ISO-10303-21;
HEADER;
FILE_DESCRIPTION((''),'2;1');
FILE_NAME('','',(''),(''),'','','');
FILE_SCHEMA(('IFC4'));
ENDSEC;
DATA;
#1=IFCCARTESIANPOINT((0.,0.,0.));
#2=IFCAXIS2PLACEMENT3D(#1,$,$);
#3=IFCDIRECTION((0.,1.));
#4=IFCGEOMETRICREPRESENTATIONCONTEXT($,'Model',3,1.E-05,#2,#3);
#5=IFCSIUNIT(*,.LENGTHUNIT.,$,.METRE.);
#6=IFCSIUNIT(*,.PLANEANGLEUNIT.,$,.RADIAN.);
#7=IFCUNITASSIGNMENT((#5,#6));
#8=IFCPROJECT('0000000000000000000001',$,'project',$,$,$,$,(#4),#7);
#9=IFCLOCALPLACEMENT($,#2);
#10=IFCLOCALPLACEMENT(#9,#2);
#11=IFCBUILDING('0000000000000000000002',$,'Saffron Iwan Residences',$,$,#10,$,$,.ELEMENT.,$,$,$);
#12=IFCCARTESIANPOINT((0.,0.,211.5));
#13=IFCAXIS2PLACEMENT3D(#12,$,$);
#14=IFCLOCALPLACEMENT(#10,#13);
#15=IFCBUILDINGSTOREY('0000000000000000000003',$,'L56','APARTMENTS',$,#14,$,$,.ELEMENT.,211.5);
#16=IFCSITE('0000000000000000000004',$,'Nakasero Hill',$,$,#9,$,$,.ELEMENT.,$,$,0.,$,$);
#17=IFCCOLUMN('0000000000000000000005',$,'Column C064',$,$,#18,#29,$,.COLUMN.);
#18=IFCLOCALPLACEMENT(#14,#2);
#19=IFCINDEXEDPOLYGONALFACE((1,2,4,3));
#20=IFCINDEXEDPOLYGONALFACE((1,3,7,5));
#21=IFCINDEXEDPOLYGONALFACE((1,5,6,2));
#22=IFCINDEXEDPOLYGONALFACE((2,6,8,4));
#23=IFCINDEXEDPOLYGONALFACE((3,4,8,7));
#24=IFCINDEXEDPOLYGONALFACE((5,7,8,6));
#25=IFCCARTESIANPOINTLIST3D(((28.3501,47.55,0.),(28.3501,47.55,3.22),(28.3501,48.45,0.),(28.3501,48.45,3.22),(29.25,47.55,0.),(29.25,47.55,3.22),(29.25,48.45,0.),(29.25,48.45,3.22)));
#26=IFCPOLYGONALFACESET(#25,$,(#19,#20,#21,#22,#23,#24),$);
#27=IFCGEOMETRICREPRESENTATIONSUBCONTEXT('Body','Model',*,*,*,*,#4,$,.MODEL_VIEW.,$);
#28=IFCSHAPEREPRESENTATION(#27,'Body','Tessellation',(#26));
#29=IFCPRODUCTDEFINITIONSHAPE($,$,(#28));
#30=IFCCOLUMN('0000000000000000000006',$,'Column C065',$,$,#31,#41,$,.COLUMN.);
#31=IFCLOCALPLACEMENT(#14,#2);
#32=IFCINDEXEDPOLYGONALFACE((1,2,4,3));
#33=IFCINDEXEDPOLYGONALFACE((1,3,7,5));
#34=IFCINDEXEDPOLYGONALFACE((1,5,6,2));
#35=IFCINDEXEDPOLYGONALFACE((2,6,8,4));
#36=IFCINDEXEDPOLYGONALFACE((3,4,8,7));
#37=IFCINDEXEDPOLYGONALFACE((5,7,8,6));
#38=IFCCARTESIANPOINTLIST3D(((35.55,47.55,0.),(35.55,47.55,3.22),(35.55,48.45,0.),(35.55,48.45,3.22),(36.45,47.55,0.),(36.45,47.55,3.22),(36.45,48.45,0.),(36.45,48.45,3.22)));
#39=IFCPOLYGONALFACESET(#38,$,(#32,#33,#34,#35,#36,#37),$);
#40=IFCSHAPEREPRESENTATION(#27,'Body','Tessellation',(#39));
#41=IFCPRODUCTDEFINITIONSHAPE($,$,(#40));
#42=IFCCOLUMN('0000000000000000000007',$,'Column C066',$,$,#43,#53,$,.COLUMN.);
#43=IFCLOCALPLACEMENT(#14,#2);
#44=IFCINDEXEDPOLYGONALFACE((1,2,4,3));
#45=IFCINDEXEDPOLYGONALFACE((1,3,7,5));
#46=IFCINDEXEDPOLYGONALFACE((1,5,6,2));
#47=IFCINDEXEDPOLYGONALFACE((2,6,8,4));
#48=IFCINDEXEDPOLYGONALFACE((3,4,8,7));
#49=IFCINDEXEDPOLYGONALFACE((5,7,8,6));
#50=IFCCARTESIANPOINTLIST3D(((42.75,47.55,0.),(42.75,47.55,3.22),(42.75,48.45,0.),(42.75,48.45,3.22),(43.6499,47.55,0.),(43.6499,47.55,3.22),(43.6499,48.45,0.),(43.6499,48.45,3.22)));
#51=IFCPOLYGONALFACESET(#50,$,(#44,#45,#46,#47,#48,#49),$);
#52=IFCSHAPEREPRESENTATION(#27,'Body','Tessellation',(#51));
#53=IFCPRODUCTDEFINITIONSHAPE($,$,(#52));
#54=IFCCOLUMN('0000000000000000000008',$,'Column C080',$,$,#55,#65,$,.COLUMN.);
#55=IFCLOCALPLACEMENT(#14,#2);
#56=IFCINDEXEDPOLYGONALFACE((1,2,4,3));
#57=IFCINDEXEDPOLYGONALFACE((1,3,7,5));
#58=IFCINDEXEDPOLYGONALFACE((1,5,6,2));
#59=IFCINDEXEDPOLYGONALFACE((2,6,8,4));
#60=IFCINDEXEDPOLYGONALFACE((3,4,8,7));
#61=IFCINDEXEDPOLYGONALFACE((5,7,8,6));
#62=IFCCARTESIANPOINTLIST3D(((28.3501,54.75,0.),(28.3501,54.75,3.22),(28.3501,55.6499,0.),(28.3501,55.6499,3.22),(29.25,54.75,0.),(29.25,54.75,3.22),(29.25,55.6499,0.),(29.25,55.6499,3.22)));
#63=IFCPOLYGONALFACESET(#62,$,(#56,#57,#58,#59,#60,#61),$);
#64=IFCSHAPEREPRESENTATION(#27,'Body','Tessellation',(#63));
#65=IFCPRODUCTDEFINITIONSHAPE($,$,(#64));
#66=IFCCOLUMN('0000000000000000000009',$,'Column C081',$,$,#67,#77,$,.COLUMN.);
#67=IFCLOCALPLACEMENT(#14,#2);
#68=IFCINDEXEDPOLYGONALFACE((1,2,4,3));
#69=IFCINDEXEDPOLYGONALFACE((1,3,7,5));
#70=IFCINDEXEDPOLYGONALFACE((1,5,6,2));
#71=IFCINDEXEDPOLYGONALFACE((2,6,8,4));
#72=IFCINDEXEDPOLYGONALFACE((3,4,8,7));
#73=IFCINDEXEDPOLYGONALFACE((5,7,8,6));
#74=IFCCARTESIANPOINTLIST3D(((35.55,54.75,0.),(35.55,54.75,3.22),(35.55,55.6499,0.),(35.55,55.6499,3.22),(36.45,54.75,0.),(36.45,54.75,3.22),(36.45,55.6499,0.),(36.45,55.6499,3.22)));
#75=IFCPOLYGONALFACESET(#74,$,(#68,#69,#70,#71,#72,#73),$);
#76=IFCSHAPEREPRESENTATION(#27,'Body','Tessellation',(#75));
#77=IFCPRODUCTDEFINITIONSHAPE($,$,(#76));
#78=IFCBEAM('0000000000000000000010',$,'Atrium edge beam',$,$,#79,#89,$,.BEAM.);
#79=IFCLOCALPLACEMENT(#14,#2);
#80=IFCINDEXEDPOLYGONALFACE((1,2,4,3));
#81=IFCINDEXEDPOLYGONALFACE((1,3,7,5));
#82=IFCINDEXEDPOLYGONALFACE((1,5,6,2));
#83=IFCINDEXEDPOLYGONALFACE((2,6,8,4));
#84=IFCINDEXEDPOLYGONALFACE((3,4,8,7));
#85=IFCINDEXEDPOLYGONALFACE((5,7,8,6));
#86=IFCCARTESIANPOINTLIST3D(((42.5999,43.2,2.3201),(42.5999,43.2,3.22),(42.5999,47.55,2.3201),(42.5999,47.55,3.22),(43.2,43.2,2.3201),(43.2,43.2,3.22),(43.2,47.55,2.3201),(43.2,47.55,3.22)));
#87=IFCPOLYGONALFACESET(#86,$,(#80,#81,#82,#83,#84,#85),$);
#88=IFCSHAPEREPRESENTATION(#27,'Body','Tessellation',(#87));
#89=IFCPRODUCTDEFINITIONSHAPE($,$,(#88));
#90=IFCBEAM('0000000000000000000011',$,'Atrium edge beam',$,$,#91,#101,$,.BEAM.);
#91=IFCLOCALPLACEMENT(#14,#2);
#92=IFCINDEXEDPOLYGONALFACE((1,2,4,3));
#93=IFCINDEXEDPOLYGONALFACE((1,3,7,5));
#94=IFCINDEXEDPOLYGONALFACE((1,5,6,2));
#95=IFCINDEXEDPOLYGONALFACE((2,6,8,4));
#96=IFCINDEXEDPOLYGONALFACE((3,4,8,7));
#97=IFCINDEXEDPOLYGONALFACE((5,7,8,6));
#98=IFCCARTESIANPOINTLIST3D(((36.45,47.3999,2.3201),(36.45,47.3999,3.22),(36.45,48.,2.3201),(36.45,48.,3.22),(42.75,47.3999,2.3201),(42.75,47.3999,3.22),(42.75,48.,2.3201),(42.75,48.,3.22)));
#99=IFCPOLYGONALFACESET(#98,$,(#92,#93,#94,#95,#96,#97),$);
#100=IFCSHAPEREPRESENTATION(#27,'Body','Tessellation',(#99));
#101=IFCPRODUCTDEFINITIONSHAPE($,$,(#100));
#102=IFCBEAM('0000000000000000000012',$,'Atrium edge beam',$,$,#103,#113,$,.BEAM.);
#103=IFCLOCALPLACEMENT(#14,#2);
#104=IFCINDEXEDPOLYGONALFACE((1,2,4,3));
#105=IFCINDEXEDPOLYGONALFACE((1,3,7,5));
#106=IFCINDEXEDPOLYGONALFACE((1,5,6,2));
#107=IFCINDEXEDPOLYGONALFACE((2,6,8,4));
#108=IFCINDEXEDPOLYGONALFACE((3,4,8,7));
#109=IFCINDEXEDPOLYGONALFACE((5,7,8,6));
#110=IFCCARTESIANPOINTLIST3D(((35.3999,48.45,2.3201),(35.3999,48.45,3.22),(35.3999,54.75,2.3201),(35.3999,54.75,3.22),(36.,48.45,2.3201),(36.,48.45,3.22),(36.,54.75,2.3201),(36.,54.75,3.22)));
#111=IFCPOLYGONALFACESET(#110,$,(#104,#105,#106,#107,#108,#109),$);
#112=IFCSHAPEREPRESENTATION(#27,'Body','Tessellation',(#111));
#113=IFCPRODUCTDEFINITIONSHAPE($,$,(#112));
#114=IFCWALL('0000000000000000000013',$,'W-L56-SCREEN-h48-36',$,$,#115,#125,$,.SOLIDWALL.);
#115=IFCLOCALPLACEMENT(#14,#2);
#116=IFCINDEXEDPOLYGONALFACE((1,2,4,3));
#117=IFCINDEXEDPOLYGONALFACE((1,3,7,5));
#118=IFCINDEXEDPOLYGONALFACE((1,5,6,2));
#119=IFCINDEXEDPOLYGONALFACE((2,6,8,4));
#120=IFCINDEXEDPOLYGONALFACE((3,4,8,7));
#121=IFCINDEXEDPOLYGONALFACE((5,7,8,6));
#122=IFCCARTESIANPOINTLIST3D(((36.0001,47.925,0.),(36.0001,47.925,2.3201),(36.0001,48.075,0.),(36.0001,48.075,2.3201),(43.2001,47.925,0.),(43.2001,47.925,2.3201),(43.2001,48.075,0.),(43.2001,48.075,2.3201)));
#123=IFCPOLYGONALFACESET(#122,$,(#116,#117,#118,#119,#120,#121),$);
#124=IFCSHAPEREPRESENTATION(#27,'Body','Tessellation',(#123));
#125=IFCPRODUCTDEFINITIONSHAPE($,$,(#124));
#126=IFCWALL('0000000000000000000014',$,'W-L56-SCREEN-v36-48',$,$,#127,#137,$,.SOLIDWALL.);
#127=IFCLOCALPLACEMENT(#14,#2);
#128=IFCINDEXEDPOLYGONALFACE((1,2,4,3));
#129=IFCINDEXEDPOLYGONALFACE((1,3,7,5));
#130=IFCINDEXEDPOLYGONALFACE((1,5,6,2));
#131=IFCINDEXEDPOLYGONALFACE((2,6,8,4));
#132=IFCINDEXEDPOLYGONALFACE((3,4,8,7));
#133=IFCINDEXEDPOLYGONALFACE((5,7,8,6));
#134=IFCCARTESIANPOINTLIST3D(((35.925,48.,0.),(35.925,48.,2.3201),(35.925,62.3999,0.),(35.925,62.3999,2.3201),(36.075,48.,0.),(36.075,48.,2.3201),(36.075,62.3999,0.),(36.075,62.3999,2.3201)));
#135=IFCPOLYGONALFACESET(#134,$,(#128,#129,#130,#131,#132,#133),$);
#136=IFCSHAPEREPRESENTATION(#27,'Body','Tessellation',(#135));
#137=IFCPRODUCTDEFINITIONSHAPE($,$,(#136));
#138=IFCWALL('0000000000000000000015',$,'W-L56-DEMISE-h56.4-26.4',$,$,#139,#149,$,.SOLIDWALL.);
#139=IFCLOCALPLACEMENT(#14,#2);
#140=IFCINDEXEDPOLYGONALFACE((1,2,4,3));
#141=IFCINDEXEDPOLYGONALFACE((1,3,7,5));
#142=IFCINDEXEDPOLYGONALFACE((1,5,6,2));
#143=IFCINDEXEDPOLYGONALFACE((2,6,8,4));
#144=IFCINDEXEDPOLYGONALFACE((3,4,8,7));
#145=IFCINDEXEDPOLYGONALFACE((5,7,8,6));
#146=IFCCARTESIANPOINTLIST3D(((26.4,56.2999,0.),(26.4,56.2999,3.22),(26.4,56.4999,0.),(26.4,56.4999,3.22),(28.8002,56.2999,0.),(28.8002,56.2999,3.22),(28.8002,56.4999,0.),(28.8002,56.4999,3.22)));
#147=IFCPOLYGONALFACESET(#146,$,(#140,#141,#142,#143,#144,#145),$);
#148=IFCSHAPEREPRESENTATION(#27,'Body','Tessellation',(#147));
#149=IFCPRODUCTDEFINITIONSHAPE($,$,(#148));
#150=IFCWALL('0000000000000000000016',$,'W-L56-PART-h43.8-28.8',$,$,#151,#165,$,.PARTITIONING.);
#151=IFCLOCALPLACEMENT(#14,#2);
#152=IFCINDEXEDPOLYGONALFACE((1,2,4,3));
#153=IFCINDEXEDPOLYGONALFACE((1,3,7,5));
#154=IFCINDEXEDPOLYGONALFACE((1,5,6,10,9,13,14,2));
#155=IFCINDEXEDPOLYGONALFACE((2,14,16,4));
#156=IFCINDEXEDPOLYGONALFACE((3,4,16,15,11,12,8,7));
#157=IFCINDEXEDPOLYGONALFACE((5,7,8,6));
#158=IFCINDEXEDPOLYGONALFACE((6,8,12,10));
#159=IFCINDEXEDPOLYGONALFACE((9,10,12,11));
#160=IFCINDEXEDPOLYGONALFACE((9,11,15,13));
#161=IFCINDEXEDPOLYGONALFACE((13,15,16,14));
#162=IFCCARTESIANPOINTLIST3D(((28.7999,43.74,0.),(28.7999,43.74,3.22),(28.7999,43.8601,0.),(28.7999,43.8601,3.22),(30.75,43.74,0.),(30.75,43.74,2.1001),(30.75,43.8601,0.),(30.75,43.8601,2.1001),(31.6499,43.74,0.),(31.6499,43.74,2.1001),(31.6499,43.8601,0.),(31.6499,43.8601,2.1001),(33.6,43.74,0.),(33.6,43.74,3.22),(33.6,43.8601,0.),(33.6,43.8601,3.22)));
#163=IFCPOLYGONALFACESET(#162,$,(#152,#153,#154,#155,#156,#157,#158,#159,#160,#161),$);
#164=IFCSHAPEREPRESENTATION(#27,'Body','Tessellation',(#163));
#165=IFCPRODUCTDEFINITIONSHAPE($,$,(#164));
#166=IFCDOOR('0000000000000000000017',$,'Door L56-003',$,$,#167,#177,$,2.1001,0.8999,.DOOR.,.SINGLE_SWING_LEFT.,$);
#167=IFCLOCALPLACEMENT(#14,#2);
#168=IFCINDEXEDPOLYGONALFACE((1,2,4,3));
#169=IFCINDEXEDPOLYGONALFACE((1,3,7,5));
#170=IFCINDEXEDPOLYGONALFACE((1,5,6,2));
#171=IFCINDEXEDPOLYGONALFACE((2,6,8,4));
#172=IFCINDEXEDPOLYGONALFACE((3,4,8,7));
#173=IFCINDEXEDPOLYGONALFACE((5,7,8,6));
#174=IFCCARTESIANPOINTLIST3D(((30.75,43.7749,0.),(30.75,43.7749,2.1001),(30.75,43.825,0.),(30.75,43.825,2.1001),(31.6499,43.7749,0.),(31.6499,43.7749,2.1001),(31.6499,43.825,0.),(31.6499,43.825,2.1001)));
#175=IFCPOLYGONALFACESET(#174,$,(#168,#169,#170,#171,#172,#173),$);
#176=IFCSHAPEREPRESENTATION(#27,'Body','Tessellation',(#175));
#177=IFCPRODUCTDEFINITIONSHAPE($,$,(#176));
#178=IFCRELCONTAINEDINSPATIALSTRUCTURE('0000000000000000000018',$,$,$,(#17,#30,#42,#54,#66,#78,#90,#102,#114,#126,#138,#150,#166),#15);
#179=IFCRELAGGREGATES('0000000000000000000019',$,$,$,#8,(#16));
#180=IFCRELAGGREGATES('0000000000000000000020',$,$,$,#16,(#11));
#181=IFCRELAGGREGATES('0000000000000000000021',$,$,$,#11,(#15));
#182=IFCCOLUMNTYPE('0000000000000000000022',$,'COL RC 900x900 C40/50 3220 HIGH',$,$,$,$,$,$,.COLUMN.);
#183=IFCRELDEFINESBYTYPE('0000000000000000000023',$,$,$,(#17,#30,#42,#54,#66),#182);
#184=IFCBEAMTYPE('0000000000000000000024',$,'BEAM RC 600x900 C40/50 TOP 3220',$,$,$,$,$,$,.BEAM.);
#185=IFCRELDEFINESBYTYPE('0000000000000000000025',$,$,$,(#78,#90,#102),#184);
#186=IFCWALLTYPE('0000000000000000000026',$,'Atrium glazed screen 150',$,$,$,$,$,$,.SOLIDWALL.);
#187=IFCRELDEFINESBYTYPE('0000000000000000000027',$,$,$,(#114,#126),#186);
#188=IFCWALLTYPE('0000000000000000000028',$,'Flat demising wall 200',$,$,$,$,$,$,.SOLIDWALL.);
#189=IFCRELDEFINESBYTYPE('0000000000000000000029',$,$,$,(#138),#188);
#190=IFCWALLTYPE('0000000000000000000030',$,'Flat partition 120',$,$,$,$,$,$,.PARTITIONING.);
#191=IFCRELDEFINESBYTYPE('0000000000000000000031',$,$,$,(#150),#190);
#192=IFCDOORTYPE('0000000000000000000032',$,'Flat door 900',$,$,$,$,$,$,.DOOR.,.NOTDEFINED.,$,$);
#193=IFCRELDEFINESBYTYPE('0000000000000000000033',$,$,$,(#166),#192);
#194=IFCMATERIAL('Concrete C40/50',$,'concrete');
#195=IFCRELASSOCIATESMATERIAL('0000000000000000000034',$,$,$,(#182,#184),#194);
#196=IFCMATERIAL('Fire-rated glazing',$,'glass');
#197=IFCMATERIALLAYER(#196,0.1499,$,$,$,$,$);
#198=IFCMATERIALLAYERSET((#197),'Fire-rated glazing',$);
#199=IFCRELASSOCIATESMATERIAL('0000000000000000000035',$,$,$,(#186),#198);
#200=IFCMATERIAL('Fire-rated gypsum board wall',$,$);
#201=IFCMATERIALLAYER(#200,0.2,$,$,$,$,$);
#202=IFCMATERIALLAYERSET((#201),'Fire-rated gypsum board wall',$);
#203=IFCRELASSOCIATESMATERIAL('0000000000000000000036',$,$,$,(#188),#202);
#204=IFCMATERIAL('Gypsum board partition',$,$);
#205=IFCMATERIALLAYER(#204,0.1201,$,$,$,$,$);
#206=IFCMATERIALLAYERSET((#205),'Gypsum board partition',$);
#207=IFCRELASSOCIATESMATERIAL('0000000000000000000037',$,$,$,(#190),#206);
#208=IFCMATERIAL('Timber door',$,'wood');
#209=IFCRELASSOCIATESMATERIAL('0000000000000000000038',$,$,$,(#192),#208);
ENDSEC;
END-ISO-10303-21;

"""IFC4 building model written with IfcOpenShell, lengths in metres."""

from ifc_helpers import new_model, si_unit, direction, frame, frame_2d, origin, origin_2d, place, context, subcontext, project, spatial, rectangle, extrude, source, transform, mapped, material, layer, layer_set, material_profile, profile_set, type_object, element, fill, save


model = new_model("IFC4")

# Units and contexts
model_context = context("Model", 3, precision=1e-05, world=origin(), true_north=direction((0.0, 1.0)))
body_context = subcontext(model_context, "Body", "Model", "MODEL_VIEW")
ifc_project = project(units=[si_unit("LENGTHUNIT", "METRE"), si_unit("PLANEANGLEUNIT", "RADIAN")], contexts=[model_context])

# Site, building, storey
site_placement = place(None, origin())
site = spatial("IfcSite", under=ifc_project, at=site_placement, Name="Nakasero Hill", CompositionType="ELEMENT", RefElevation=0.0)
building_placement = place(site_placement, origin())
building = spatial("IfcBuilding", under=site, at=building_placement, Name="Saffron Iwan Residences", CompositionType="ELEMENT")
storey_placement = place(building_placement, frame((0.0, 0.0, 211.5)))
storey = spatial("IfcBuildingStorey", under=building, at=storey_placement, Name="L56", Description="APARTMENTS", CompositionType="ELEMENT", Elevation=211.5)

# Columns
ifc_material_1 = material(Name="Concrete C40/50", Category="concrete")
ifc_material_profile_1 = material_profile(ifc_material_1, rectangle(XDim=0.8999, YDim=0.8999, at=origin_2d()), Name="RC 900x900")
ifc_profile_set_1 = profile_set([ifc_material_profile_1], Name="Concrete C40/50")
column_type = type_object("IfcColumnType", Name="COL RC 900x900 C40/50 3220 HIGH", PredefinedType="COLUMN", material=ifc_profile_set_1)
shared_shape_1 = source(origin(), body_context, "Body", "SweptSolid", [
    extrude(rectangle(XDim=0.8999, YDim=0.8999, at=origin_2d()), origin(), (0.0, 0.0, 1.0), 3.22),
])
for number, where, z_axis, x_axis, name in (
    (1, (28.8, 48.0, 0.0), (0.0, 0.0, 1.0), (1.0, 0.0, 0.0), "Column C064"),
    (2, (36.0, 48.0, 0.0), (0.0, 0.0, 1.0), (1.0, 0.0, 0.0), "Column C065"),
    (3, (43.2, 48.0, 0.0), (0.0, 0.0, 1.0), (1.0, 0.0, 0.0), "Column C066"),
    (4, (28.8, 55.2, 0.0), (0.0, 0.0, 1.0), (1.0, 0.0, 0.0), "Column C080"),
    (5, (36.0, 55.2, 0.0), (0.0, 0.0, 1.0), (1.0, 0.0, 0.0), "Column C081"),
):
    element("IfcColumn", number, at=place(storey_placement, frame(where, z_axis=z_axis, x_axis=x_axis)), inside=storey, type_object=column_type, Name=name, PredefinedType="COLUMN", context=body_context, shape_type="MappedRepresentation", body=[
        mapped(shared_shape_1, transform((0.0, 0.0, 0.0))),
    ])

# Beams
ifc_material_profile_2 = material_profile(ifc_material_1, rectangle(XDim=0.6001, YDim=0.8999, at=origin_2d()), Name="RC 600x900")
ifc_profile_set_2 = profile_set([ifc_material_profile_2], Name="Concrete C40/50")
beam_type = type_object("IfcBeamType", Name="BEAM RC 600x900 C40/50 TOP 3220", PredefinedType="BEAM", material=ifc_profile_set_2)
shared_shape_2 = source(origin(), body_context, "Body", "SweptSolid", [
    extrude(rectangle(XDim=0.6001, YDim=0.8999, at=origin_2d()), origin(), (0.0, 0.0, 1.0), 4.3501),
])
beam_placement = place(storey_placement, frame((42.8999, 43.2, 2.77), z_axis=(0.0, 1.0, 0.0), x_axis=(-1.0, 0.0, 0.0)))
element("IfcBeam", 6, at=beam_placement, inside=storey, type_object=beam_type, Name="Atrium edge beam", PredefinedType="BEAM", context=body_context, shape_type="MappedRepresentation", body=[
    mapped(shared_shape_2, transform((0.0, 0.0, 0.0))),
])
shared_shape_3 = source(origin(), body_context, "Body", "SweptSolid", [
    extrude(rectangle(XDim=0.6001, YDim=0.8999, at=origin_2d()), origin(), (0.0, 0.0, 1.0), 6.3),
])
for number, where, z_axis, x_axis, name in (
    (7, (42.75, 47.7, 2.77), (-1.0, 0.0, 0.0), (0.0, -1.0, 0.0), "Atrium edge beam"),
    (8, (35.7, 48.45, 2.77), (0.0, 1.0, 0.0), (-1.0, 0.0, 0.0), "Atrium edge beam"),
):
    element("IfcBeam", number, at=place(storey_placement, frame(where, z_axis=z_axis, x_axis=x_axis)), inside=storey, type_object=beam_type, Name=name, PredefinedType="BEAM", context=body_context, shape_type="MappedRepresentation", body=[
        mapped(shared_shape_3, transform((0.0, 0.0, 0.0))),
    ])

# Walls
ifc_material_2 = material(Name="Fire-rated glazing", Category="glass")
ifc_layer_1 = layer(ifc_material_2, 0.1499)
ifc_layer_set_1 = layer_set([ifc_layer_1], Name="Fire-rated glazing")
wall_type_1 = type_object("IfcWallType", Name="Atrium glazed screen 150", PredefinedType="SOLIDWALL", material=ifc_layer_set_1)
wall_1_placement = place(storey_placement, frame((36.0, 48.0, 0.0), z_axis=(0.0, 0.0, 1.0), x_axis=(1.0, 0.0, 0.0)))
element("IfcWall", 9, at=wall_1_placement, inside=storey, type_object=wall_type_1, Name="W-L56-SCREEN-h48-36", PredefinedType="SOLIDWALL", context=body_context, shape_type="SweptSolid", body=[
    extrude(rectangle(XDim=7.2, YDim=0.1499, at=frame_2d((3.6001, 0.0))), origin(), (0.0, 0.0, 1.0), 2.3201),
])
wall_2_placement = place(storey_placement, frame((36.0, 48.0, 0.0), z_axis=(0.0, 0.0, 1.0), x_axis=(0.0, 1.0, 0.0)))
element("IfcWall", 10, at=wall_2_placement, inside=storey, type_object=wall_type_1, Name="W-L56-SCREEN-v36-48", PredefinedType="SOLIDWALL", context=body_context, shape_type="SweptSolid", body=[
    extrude(rectangle(XDim=14.3999, YDim=0.1499, at=frame_2d((7.2, 0.0))), origin(), (0.0, 0.0, 1.0), 2.3201),
])
ifc_material_3 = material(Name="Fire-rated gypsum board wall")
ifc_layer_2 = layer(ifc_material_3, 0.2)
ifc_layer_set_2 = layer_set([ifc_layer_2], Name="Fire-rated gypsum board wall")
wall_type_2 = type_object("IfcWallType", Name="Flat demising wall 200", PredefinedType="SOLIDWALL", material=ifc_layer_set_2)
wall_3_placement = place(storey_placement, frame((26.3999, 56.3999, 0.0), z_axis=(0.0, 0.0, 1.0), x_axis=(1.0, 0.0, 0.0)))
element("IfcWall", 11, at=wall_3_placement, inside=storey, type_object=wall_type_2, Name="W-L56-DEMISE-h56.4-26.4", PredefinedType="SOLIDWALL", context=body_context, shape_type="SweptSolid", body=[
    extrude(rectangle(XDim=2.4001, YDim=0.2, at=frame_2d((1.2002, 0.0))), origin(), (0.0, 0.0, 1.0), 3.22),
])

# Wall, opening, door
ifc_material_4 = material(Name="Gypsum board partition")
ifc_layer_3 = layer(ifc_material_4, 0.1201)
ifc_layer_set_3 = layer_set([ifc_layer_3], Name="Gypsum board partition")
wall_type_3 = type_object("IfcWallType", Name="Flat partition 120", PredefinedType="PARTITIONING", material=ifc_layer_set_3)
wall_4_placement = place(storey_placement, frame((28.8, 43.8, 0.0), z_axis=(0.0, 0.0, 1.0), x_axis=(1.0, 0.0, 0.0)))
wall_4 = element("IfcWall", 12, at=wall_4_placement, inside=storey, type_object=wall_type_3, Name="W-L56-PART-h43.8-28.8", PredefinedType="PARTITIONING", context=body_context, shape_type="SweptSolid", body=[
    extrude(rectangle(XDim=4.8, YDim=0.1201, at=frame_2d((2.3999, 0.0))), origin(), (0.0, 0.0, 1.0), 3.22),
])
opening_1_placement = place(wall_4_placement, frame((1.95, 0.0, 0.0)))
opening_1 = element("IfcOpeningElement", 13, at=opening_1_placement, cuts=wall_4, PredefinedType="OPENING", context=body_context, shape_type="SweptSolid", body=[
    extrude(rectangle(XDim=0.8999, YDim=2.1001, at=frame_2d((0.45, 1.05))), frame((0.0, 0.0701, 0.0), z_axis=(0.0, -1.0, 0.0), x_axis=(1.0, 0.0, 0.0)), (0.0, 0.0, 1.0), 0.1401),
])
ifc_material_5 = material(Name="Timber door", Category="wood")
door_type_1 = type_object("IfcDoorType", Name="Flat door 900", OperationType="NOTDEFINED", PredefinedType="DOOR", material=ifc_material_5)
door_1_placement = place(opening_1_placement, origin())
door_1 = element("IfcDoor", 14, at=door_1_placement, inside=storey, type_object=door_type_1, Name="Door L56-003", OperationType="SINGLE_SWING_LEFT", OverallHeight=2.1001, OverallWidth=0.8999, PredefinedType="DOOR", context=body_context, shape_type="SweptSolid", body=[
    extrude(rectangle(XDim=0.8999, YDim=2.1001, at=frame_2d((0.45, 1.05))), frame((0.0, 0.0249, 0.0), z_axis=(0.0, -1.0, 0.0), x_axis=(1.0, 0.0, 0.0)), (0.0, 0.0, 1.0), 0.05),
])
fill(opening_1, door_1)

save(model, "model.ifc")
